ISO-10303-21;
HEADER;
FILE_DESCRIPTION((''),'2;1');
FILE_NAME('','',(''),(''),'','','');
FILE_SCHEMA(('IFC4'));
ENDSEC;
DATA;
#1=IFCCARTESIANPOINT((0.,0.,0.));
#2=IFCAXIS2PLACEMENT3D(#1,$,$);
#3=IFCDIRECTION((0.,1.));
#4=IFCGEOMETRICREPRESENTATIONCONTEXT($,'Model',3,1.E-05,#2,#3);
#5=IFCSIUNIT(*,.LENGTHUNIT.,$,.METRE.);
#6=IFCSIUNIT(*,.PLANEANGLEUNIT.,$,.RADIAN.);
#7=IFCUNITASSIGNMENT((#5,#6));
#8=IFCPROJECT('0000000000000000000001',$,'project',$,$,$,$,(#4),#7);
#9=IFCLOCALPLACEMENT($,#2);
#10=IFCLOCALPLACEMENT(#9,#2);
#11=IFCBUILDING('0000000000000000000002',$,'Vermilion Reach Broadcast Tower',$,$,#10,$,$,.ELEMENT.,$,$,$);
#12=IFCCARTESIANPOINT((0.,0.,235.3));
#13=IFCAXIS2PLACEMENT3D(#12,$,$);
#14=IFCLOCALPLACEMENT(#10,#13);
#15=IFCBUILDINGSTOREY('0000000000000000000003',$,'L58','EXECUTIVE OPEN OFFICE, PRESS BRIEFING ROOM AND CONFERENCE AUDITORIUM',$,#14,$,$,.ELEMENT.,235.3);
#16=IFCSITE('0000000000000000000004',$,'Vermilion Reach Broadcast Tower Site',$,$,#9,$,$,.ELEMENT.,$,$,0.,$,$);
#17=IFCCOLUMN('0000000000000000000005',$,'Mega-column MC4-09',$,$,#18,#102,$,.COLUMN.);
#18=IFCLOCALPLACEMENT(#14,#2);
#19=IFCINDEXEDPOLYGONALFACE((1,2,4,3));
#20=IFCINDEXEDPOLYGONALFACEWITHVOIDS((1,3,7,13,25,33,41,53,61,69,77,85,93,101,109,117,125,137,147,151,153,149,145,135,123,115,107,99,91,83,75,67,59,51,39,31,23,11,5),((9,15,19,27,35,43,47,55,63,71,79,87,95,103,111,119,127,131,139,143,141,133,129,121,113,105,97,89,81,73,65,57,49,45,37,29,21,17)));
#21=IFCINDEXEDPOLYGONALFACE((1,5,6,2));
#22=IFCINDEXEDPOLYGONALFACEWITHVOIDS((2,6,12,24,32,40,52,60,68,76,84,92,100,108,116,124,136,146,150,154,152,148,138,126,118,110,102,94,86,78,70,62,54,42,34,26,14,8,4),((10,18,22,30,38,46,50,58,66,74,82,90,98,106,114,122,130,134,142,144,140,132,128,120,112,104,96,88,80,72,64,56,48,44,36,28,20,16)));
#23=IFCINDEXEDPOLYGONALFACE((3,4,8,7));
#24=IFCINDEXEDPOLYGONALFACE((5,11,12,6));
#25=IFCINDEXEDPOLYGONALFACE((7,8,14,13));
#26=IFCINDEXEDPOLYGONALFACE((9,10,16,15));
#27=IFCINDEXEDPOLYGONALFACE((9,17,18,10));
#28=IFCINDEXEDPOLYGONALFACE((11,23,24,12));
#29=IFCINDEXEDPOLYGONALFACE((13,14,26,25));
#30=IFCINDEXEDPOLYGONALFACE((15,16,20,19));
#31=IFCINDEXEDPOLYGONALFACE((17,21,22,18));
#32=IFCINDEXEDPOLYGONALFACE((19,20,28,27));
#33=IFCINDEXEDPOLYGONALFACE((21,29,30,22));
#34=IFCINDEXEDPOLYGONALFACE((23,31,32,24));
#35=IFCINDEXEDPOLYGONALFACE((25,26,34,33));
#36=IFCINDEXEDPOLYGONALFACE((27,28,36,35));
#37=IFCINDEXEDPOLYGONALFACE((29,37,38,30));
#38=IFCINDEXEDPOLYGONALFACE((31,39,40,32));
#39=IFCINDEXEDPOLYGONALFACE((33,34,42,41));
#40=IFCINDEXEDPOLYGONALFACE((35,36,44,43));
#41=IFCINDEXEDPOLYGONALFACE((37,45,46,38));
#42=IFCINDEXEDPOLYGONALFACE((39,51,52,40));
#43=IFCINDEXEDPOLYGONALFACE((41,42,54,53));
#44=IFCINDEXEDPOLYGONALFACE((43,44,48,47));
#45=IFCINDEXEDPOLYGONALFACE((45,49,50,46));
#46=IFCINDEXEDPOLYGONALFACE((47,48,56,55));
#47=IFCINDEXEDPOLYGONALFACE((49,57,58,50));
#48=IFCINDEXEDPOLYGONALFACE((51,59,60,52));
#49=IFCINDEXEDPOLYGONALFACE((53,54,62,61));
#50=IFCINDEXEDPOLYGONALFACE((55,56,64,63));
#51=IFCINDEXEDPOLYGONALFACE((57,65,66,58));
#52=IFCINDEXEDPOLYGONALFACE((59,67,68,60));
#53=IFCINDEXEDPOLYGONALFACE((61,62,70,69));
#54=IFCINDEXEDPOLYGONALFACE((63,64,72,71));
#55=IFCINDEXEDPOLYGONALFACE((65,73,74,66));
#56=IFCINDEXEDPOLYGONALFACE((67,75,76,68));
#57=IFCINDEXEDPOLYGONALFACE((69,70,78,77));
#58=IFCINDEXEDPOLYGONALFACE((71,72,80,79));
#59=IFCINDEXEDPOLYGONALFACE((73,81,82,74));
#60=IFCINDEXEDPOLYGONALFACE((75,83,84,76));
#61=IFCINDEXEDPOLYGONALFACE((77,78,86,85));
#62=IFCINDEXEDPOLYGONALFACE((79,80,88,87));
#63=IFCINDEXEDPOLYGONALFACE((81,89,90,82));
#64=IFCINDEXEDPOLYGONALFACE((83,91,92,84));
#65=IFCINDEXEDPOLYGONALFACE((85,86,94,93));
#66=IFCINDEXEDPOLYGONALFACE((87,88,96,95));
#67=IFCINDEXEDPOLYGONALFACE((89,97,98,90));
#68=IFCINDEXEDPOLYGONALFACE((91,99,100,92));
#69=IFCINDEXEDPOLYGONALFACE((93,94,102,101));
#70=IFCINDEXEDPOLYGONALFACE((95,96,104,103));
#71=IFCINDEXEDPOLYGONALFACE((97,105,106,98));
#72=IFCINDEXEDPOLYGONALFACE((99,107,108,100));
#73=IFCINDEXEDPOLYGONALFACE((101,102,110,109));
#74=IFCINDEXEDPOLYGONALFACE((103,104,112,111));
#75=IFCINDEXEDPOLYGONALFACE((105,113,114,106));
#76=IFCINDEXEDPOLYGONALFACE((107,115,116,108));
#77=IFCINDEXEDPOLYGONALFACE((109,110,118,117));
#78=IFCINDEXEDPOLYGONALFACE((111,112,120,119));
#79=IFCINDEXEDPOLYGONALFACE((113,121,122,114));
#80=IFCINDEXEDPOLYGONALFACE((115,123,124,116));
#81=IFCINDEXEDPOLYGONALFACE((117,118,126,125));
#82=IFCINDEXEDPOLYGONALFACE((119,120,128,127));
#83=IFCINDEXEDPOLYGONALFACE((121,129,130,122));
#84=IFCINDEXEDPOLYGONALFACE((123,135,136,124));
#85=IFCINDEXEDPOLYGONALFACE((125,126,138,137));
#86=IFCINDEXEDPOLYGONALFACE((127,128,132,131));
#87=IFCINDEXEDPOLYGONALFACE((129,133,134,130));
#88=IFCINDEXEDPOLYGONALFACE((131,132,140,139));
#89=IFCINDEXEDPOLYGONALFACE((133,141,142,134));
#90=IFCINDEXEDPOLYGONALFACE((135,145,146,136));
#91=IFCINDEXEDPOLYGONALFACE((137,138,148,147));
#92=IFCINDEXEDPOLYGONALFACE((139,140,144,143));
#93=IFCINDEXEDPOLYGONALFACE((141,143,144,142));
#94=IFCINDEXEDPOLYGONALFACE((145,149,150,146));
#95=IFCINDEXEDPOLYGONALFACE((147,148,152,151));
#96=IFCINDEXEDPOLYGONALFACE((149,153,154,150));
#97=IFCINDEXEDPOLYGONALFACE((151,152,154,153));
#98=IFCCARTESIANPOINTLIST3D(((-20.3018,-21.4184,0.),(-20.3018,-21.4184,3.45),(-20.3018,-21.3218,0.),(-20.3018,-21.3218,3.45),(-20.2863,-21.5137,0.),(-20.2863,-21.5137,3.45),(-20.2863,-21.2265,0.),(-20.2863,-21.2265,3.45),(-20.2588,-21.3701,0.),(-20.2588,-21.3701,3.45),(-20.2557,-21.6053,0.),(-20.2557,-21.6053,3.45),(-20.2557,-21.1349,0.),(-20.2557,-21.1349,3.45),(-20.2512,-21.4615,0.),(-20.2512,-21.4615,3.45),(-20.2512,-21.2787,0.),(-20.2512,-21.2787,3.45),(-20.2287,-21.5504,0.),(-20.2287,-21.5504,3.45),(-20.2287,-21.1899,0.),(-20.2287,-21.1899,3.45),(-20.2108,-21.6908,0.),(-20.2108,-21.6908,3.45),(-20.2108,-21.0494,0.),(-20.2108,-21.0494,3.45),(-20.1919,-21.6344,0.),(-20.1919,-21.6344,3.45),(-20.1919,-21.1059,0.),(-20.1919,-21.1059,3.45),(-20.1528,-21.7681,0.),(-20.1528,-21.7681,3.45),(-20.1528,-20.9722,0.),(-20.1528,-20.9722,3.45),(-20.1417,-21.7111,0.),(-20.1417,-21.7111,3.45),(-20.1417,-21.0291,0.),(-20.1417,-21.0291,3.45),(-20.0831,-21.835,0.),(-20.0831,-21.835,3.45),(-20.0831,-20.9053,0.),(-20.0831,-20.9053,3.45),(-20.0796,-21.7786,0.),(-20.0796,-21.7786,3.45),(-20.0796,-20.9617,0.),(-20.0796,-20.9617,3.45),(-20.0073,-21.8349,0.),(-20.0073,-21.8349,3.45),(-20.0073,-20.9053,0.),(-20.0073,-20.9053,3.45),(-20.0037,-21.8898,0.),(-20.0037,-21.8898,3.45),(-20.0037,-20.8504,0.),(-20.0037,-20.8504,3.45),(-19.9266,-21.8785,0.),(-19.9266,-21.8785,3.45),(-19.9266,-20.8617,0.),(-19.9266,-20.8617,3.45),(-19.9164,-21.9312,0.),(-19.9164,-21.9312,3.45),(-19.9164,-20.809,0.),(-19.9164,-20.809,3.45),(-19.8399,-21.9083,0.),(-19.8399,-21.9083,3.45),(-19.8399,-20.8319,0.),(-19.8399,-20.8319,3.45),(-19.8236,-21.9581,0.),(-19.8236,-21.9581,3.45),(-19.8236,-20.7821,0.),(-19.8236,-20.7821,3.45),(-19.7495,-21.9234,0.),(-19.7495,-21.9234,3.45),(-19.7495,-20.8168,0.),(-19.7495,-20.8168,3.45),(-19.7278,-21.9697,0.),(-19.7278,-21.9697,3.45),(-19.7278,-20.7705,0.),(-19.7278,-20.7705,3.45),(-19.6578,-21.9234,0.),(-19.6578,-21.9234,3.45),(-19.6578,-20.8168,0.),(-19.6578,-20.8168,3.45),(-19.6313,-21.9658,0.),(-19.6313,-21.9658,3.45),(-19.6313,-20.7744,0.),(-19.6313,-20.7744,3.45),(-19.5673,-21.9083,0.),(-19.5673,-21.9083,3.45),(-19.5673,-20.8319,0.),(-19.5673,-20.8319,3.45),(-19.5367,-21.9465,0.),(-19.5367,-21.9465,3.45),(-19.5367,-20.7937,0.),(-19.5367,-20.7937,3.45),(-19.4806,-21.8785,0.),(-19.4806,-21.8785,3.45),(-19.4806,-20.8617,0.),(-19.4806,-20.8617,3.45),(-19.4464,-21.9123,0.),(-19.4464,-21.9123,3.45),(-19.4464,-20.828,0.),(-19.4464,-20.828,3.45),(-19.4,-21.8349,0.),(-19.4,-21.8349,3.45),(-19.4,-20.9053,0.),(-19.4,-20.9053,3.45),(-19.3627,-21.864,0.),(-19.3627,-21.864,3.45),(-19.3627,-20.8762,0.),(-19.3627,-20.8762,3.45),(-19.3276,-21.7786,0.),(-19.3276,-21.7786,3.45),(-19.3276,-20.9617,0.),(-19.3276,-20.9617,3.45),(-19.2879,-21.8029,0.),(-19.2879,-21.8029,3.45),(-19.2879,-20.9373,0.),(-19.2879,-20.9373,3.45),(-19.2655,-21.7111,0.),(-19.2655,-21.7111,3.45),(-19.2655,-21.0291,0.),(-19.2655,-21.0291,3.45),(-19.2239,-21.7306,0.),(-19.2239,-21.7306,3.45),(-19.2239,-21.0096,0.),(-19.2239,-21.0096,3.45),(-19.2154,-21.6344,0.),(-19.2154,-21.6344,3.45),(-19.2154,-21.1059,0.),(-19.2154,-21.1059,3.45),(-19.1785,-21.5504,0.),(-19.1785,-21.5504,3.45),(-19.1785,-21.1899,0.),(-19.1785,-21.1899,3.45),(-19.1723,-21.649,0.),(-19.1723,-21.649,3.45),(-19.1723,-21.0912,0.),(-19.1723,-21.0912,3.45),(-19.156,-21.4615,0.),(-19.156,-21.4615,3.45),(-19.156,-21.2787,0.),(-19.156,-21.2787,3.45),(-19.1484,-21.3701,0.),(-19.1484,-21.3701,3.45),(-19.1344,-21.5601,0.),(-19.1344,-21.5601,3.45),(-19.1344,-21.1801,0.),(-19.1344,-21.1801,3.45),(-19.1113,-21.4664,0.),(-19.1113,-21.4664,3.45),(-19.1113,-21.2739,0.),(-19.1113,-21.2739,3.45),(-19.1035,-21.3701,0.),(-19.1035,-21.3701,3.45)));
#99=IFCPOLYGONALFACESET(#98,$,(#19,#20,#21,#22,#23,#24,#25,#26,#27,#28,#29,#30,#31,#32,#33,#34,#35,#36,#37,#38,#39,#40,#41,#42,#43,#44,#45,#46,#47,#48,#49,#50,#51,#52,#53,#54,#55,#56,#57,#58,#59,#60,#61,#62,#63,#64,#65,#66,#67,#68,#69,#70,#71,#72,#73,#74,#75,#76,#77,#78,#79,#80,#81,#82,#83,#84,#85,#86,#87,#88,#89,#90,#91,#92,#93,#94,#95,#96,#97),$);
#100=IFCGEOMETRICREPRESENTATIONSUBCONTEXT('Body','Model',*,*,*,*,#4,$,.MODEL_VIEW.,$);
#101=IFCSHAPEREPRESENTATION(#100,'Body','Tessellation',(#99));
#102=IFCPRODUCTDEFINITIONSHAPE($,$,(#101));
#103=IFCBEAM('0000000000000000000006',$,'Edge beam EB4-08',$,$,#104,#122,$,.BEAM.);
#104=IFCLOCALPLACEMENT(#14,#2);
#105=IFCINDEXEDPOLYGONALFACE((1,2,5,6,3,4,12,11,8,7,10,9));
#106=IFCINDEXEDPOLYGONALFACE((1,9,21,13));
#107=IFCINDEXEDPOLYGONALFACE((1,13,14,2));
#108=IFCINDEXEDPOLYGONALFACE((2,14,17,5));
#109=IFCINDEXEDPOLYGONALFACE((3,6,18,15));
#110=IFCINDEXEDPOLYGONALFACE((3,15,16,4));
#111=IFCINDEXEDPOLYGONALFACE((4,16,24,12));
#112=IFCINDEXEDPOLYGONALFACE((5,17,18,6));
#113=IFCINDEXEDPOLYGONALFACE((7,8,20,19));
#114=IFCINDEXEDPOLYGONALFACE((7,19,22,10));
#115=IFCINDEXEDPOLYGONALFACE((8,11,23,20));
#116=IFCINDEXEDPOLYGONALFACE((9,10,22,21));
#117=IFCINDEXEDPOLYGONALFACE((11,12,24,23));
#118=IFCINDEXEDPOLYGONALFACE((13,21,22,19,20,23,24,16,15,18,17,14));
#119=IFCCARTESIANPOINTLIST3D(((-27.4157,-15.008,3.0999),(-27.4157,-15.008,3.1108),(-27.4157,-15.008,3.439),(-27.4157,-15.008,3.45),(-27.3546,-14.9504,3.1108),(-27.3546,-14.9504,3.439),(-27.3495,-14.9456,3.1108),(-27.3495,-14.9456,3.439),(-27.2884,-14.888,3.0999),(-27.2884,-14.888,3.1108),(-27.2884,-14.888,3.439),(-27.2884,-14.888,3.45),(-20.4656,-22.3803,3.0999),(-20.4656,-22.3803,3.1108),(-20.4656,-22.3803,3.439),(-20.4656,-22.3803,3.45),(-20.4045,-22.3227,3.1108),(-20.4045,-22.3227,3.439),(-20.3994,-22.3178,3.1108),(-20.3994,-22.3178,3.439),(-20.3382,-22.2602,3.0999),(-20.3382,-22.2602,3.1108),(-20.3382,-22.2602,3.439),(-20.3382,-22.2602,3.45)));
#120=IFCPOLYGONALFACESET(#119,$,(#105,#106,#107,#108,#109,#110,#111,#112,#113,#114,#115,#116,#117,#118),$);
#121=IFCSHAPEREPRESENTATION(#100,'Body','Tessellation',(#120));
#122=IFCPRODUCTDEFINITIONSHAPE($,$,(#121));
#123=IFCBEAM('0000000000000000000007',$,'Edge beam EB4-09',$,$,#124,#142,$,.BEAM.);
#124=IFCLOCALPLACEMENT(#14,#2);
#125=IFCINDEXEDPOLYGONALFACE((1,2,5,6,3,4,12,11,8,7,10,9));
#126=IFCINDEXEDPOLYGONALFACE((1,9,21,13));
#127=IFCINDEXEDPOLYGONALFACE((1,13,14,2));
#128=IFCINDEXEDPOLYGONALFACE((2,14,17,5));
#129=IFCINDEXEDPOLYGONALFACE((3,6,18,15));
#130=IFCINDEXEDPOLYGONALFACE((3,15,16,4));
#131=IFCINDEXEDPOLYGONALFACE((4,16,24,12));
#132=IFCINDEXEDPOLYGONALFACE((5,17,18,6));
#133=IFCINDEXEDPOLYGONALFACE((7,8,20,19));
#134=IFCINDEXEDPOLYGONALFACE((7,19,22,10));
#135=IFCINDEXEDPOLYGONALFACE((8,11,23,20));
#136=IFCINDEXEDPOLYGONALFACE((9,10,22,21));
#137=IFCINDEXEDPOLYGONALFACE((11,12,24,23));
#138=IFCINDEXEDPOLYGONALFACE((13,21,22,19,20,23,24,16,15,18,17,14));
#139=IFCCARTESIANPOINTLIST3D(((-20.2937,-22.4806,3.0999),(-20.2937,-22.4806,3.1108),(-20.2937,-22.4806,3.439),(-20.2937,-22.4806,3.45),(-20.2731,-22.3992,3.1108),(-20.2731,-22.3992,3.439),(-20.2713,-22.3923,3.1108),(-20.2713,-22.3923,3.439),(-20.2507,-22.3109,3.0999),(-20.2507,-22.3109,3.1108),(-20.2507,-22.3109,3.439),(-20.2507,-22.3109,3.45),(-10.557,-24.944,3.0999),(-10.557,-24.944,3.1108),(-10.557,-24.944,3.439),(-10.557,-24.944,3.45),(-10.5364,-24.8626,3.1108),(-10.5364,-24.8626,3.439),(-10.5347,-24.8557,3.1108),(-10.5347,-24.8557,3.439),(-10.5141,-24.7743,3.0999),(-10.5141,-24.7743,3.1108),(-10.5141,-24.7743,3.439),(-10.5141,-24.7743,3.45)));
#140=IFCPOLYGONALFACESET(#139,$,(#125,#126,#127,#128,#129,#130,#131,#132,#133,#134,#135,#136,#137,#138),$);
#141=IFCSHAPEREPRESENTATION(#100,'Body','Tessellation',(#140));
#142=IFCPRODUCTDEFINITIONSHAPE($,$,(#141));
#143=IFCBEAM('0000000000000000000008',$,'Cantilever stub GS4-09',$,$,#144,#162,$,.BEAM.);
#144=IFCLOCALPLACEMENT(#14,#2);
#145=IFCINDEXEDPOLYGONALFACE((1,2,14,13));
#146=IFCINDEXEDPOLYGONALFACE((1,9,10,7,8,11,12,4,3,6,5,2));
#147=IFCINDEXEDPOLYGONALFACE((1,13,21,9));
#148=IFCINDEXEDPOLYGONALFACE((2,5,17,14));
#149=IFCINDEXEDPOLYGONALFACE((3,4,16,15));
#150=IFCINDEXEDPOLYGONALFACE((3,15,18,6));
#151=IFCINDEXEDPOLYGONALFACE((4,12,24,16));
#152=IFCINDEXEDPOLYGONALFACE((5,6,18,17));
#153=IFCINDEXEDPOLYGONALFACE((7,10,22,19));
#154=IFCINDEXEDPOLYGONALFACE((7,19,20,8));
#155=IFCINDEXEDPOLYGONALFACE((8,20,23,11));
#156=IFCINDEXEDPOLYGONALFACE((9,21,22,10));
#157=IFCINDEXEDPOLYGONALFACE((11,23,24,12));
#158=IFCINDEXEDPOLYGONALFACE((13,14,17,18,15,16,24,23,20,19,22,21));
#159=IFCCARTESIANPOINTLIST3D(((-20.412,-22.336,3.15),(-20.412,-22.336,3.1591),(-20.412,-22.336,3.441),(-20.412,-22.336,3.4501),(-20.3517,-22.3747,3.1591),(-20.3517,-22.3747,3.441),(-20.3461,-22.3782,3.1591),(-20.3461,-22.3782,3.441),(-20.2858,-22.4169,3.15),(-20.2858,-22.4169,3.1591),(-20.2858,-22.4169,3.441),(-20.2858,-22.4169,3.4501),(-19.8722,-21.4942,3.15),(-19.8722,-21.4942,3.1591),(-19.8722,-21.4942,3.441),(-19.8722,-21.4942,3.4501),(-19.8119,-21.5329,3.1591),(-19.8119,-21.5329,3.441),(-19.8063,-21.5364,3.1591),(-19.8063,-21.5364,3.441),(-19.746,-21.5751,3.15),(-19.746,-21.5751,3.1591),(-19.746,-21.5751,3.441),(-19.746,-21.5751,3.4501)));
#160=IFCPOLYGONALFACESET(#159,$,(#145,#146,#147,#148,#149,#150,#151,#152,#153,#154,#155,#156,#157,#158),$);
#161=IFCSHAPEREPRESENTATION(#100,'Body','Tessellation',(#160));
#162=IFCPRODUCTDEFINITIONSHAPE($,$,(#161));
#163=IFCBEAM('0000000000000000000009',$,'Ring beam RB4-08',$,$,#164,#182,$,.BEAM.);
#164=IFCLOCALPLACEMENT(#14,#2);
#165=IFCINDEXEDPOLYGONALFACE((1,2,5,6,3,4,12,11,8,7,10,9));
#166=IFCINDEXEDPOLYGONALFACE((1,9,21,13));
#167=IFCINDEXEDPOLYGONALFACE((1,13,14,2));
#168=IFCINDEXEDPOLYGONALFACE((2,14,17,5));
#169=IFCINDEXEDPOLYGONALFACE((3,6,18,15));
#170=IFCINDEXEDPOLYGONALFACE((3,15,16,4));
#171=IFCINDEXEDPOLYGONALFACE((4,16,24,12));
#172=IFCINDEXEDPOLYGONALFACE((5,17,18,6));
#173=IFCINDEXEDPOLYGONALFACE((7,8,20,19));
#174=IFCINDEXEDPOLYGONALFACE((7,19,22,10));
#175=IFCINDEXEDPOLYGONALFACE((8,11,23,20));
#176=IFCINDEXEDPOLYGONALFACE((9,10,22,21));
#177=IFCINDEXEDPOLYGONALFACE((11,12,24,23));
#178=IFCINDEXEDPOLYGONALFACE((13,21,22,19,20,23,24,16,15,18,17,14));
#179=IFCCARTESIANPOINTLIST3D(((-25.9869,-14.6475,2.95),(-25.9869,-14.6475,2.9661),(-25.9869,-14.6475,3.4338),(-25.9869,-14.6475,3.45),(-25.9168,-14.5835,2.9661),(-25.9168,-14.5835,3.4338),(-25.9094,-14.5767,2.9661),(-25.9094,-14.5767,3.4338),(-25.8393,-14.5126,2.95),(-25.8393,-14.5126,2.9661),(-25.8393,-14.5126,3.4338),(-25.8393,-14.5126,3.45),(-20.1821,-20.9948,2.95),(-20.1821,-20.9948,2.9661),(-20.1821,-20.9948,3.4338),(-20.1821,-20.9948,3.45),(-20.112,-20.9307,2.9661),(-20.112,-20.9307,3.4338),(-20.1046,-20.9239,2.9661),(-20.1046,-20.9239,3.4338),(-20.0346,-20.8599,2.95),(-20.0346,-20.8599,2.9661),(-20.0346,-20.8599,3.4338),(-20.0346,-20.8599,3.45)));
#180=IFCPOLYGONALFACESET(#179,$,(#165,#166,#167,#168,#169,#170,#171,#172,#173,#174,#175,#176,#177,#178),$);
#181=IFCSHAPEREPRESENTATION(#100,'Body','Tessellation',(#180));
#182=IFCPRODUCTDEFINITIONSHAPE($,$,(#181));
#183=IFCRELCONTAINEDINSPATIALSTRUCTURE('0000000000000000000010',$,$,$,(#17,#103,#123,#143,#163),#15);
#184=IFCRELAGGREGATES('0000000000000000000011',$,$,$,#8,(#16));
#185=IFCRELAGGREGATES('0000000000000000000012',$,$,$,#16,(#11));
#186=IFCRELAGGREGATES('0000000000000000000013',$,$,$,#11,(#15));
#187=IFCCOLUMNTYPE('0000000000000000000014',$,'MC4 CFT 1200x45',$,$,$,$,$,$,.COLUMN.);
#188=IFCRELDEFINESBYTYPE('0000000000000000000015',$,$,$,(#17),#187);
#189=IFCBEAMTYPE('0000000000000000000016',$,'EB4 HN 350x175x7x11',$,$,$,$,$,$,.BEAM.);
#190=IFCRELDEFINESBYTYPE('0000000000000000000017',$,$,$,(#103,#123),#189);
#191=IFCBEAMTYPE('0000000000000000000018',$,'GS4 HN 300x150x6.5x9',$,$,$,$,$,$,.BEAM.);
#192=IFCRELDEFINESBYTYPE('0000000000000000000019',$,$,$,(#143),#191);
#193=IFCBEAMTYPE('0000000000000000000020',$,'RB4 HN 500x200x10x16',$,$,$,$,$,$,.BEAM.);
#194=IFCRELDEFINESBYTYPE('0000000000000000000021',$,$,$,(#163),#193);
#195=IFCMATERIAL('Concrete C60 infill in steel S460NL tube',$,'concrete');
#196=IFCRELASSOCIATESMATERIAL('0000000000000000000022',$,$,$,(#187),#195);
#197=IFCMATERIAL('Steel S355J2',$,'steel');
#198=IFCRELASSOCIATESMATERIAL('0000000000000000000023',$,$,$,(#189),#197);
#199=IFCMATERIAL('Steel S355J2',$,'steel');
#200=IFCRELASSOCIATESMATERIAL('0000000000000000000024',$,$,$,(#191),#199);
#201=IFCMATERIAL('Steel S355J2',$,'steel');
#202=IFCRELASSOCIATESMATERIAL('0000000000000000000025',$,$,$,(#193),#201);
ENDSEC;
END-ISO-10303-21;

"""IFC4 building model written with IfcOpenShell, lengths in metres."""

from ifc_helpers import new_model, si_unit, direction, frame, origin, origin_2d, place, context, subcontext, project, spatial, hollow_circle, i_section, extrude, material, material_profile, profile_set, type_object, element, save


model = new_model("IFC4")

# Units and contexts
model_context = context("Model", 3, precision=1e-05, world=origin(), true_north=direction((0.0, 1.0)))
body_context = subcontext(model_context, "Body", "Model", "MODEL_VIEW")
ifc_project = project(units=[si_unit("LENGTHUNIT", "METRE"), si_unit("PLANEANGLEUNIT", "RADIAN")], contexts=[model_context])

# Site, building, storey
site_placement = place(None, origin())
site = spatial("IfcSite", under=ifc_project, at=site_placement, Name="Vermilion Reach Broadcast Tower Site", CompositionType="ELEMENT", RefElevation=0.0)
building_placement = place(site_placement, origin())
building = spatial("IfcBuilding", under=site, at=building_placement, Name="Vermilion Reach Broadcast Tower", CompositionType="ELEMENT")
storey_placement = place(building_placement, frame((0.0, 0.0, 235.3)))
storey = spatial("IfcBuildingStorey", under=building, at=storey_placement, Name="L58", Description="EXECUTIVE OPEN OFFICE, PRESS BRIEFING ROOM AND CONFERENCE AUDITORIUM", CompositionType="ELEMENT", Elevation=235.3)

# Column
ifc_material_1 = material(Name="Concrete C60 infill in steel S460NL tube", Category="concrete")
ifc_material_profile_1 = material_profile(ifc_material_1, hollow_circle(Radius=0.6001, WallThickness=0.0449, at=origin_2d()), Name="Concrete C60 infill in steel S460NL tube CFT 1200x45")
ifc_profile_set_1 = profile_set([ifc_material_profile_1], Name="Concrete C60 infill in steel S460NL tube")
column_type = type_object("IfcColumnType", Name="MC4 CFT 1200x45", PredefinedType="COLUMN", material=ifc_profile_set_1)
column_placement = place(storey_placement, frame((-19.7036, -21.3701, 0.0), z_axis=(0.0, 0.0, 1.0), x_axis=(1.0, 0.0, 0.0)))
element("IfcColumn", 1, at=column_placement, inside=storey, type_object=column_type, Name="Mega-column MC4-09", PredefinedType="COLUMN", context=body_context, shape_type="SweptSolid", body=[
    extrude(hollow_circle(Radius=0.6001, WallThickness=0.0449, at=origin_2d()), origin(), (0.0, 0.0, 1.0), 3.45),
])

# Beams
ifc_material_2 = material(Name="Steel S355J2", Category="steel")
ifc_material_profile_2 = material_profile(ifc_material_2, i_section(OverallWidth=0.175, OverallDepth=0.3501, WebThickness=0.0071, FlangeThickness=0.011, at=origin_2d()), Name="S355J2 HN 350x175x7x11")
ifc_profile_set_2 = profile_set([ifc_material_profile_2], Name="Steel S355J2")
beam_type_1 = type_object("IfcBeamType", Name="EB4 HN 350x175x7x11", PredefinedType="BEAM", material=ifc_profile_set_2)
beam_1_placement = place(storey_placement, frame((-27.3521, -14.948, 3.2749), z_axis=(0.685969, -0.727631, 0.0), x_axis=(0.727631, 0.685969, 0.0)))
element("IfcBeam", 2, at=beam_1_placement, inside=storey, type_object=beam_type_1, Name="Edge beam EB4-08", PredefinedType="BEAM", context=body_context, shape_type="SweptSolid", body=[
    extrude(i_section(OverallWidth=0.175, OverallDepth=0.3501, WebThickness=0.0071, FlangeThickness=0.011, at=origin_2d()), origin(), (0.0, 0.0, 1.0), 10.1318),
])
beam_2_placement = place(storey_placement, frame((-20.2722, -22.3958, 3.2749), z_axis=(0.969454, -0.245274, 0.0), x_axis=(0.245274, 0.969454, 0.0)))
element("IfcBeam", 3, at=beam_2_placement, inside=storey, type_object=beam_type_1, Name="Edge beam EB4-09", PredefinedType="BEAM", context=body_context, shape_type="SweptSolid", body=[
    extrude(i_section(OverallWidth=0.175, OverallDepth=0.3501, WebThickness=0.0071, FlangeThickness=0.011, at=origin_2d()), origin(), (0.0, 0.0, 1.0), 10.0435),
])
ifc_material_3 = material(Name="Steel S355J2", Category="steel")
ifc_material_profile_3 = material_profile(ifc_material_3, i_section(OverallWidth=0.1499, OverallDepth=0.3, WebThickness=0.0066, FlangeThickness=0.009, at=origin_2d()), Name="S355J2 HN 300x150x6.5x9")
ifc_profile_set_3 = profile_set([ifc_material_profile_3], Name="Steel S355J2")
beam_type_2 = type_object("IfcBeamType", Name="GS4 HN 300x150x6.5x9", PredefinedType="BEAM", material=ifc_profile_set_3)
beam_3_placement = place(storey_placement, frame((-19.8091, -21.5347, 3.3), z_axis=(-0.539795, -0.841797, 0.0), x_axis=(0.841797, -0.539795, 0.0)))
element("IfcBeam", 4, at=beam_3_placement, inside=storey, type_object=beam_type_2, Name="Cantilever stub GS4-09", PredefinedType="BEAM", context=body_context, shape_type="SweptSolid", body=[
    extrude(i_section(OverallWidth=0.1499, OverallDepth=0.3, WebThickness=0.0066, FlangeThickness=0.009, at=origin_2d()), origin(), (0.0, 0.0, 1.0), 1.0),
])
ifc_material_4 = material(Name="Steel S355J2", Category="steel")
ifc_material_profile_4 = material_profile(ifc_material_4, i_section(OverallWidth=0.2, OverallDepth=0.5, WebThickness=0.01, FlangeThickness=0.0161, at=origin_2d()), Name="S355J2 HN 500x200x10x16")
ifc_profile_set_4 = profile_set([ifc_material_profile_4], Name="Steel S355J2")
beam_type_3 = type_object("IfcBeamType", Name="RB4 HN 500x200x10x16", PredefinedType="BEAM", material=ifc_profile_set_4)
beam_4_placement = place(storey_placement, frame((-25.9131, -14.5801, 3.2), z_axis=(0.674868, -0.737938, 0.0), x_axis=(0.737938, 0.674868, 0.0)))
element("IfcBeam", 5, at=beam_4_placement, inside=storey, type_object=beam_type_3, Name="Ring beam RB4-08", PredefinedType="BEAM", context=body_context, shape_type="SweptSolid", body=[
    extrude(i_section(OverallWidth=0.2, OverallDepth=0.5, WebThickness=0.01, FlangeThickness=0.0161, at=origin_2d()), origin(), (0.0, 0.0, 1.0), 8.6013),
])

save(model, "model.ifc")
